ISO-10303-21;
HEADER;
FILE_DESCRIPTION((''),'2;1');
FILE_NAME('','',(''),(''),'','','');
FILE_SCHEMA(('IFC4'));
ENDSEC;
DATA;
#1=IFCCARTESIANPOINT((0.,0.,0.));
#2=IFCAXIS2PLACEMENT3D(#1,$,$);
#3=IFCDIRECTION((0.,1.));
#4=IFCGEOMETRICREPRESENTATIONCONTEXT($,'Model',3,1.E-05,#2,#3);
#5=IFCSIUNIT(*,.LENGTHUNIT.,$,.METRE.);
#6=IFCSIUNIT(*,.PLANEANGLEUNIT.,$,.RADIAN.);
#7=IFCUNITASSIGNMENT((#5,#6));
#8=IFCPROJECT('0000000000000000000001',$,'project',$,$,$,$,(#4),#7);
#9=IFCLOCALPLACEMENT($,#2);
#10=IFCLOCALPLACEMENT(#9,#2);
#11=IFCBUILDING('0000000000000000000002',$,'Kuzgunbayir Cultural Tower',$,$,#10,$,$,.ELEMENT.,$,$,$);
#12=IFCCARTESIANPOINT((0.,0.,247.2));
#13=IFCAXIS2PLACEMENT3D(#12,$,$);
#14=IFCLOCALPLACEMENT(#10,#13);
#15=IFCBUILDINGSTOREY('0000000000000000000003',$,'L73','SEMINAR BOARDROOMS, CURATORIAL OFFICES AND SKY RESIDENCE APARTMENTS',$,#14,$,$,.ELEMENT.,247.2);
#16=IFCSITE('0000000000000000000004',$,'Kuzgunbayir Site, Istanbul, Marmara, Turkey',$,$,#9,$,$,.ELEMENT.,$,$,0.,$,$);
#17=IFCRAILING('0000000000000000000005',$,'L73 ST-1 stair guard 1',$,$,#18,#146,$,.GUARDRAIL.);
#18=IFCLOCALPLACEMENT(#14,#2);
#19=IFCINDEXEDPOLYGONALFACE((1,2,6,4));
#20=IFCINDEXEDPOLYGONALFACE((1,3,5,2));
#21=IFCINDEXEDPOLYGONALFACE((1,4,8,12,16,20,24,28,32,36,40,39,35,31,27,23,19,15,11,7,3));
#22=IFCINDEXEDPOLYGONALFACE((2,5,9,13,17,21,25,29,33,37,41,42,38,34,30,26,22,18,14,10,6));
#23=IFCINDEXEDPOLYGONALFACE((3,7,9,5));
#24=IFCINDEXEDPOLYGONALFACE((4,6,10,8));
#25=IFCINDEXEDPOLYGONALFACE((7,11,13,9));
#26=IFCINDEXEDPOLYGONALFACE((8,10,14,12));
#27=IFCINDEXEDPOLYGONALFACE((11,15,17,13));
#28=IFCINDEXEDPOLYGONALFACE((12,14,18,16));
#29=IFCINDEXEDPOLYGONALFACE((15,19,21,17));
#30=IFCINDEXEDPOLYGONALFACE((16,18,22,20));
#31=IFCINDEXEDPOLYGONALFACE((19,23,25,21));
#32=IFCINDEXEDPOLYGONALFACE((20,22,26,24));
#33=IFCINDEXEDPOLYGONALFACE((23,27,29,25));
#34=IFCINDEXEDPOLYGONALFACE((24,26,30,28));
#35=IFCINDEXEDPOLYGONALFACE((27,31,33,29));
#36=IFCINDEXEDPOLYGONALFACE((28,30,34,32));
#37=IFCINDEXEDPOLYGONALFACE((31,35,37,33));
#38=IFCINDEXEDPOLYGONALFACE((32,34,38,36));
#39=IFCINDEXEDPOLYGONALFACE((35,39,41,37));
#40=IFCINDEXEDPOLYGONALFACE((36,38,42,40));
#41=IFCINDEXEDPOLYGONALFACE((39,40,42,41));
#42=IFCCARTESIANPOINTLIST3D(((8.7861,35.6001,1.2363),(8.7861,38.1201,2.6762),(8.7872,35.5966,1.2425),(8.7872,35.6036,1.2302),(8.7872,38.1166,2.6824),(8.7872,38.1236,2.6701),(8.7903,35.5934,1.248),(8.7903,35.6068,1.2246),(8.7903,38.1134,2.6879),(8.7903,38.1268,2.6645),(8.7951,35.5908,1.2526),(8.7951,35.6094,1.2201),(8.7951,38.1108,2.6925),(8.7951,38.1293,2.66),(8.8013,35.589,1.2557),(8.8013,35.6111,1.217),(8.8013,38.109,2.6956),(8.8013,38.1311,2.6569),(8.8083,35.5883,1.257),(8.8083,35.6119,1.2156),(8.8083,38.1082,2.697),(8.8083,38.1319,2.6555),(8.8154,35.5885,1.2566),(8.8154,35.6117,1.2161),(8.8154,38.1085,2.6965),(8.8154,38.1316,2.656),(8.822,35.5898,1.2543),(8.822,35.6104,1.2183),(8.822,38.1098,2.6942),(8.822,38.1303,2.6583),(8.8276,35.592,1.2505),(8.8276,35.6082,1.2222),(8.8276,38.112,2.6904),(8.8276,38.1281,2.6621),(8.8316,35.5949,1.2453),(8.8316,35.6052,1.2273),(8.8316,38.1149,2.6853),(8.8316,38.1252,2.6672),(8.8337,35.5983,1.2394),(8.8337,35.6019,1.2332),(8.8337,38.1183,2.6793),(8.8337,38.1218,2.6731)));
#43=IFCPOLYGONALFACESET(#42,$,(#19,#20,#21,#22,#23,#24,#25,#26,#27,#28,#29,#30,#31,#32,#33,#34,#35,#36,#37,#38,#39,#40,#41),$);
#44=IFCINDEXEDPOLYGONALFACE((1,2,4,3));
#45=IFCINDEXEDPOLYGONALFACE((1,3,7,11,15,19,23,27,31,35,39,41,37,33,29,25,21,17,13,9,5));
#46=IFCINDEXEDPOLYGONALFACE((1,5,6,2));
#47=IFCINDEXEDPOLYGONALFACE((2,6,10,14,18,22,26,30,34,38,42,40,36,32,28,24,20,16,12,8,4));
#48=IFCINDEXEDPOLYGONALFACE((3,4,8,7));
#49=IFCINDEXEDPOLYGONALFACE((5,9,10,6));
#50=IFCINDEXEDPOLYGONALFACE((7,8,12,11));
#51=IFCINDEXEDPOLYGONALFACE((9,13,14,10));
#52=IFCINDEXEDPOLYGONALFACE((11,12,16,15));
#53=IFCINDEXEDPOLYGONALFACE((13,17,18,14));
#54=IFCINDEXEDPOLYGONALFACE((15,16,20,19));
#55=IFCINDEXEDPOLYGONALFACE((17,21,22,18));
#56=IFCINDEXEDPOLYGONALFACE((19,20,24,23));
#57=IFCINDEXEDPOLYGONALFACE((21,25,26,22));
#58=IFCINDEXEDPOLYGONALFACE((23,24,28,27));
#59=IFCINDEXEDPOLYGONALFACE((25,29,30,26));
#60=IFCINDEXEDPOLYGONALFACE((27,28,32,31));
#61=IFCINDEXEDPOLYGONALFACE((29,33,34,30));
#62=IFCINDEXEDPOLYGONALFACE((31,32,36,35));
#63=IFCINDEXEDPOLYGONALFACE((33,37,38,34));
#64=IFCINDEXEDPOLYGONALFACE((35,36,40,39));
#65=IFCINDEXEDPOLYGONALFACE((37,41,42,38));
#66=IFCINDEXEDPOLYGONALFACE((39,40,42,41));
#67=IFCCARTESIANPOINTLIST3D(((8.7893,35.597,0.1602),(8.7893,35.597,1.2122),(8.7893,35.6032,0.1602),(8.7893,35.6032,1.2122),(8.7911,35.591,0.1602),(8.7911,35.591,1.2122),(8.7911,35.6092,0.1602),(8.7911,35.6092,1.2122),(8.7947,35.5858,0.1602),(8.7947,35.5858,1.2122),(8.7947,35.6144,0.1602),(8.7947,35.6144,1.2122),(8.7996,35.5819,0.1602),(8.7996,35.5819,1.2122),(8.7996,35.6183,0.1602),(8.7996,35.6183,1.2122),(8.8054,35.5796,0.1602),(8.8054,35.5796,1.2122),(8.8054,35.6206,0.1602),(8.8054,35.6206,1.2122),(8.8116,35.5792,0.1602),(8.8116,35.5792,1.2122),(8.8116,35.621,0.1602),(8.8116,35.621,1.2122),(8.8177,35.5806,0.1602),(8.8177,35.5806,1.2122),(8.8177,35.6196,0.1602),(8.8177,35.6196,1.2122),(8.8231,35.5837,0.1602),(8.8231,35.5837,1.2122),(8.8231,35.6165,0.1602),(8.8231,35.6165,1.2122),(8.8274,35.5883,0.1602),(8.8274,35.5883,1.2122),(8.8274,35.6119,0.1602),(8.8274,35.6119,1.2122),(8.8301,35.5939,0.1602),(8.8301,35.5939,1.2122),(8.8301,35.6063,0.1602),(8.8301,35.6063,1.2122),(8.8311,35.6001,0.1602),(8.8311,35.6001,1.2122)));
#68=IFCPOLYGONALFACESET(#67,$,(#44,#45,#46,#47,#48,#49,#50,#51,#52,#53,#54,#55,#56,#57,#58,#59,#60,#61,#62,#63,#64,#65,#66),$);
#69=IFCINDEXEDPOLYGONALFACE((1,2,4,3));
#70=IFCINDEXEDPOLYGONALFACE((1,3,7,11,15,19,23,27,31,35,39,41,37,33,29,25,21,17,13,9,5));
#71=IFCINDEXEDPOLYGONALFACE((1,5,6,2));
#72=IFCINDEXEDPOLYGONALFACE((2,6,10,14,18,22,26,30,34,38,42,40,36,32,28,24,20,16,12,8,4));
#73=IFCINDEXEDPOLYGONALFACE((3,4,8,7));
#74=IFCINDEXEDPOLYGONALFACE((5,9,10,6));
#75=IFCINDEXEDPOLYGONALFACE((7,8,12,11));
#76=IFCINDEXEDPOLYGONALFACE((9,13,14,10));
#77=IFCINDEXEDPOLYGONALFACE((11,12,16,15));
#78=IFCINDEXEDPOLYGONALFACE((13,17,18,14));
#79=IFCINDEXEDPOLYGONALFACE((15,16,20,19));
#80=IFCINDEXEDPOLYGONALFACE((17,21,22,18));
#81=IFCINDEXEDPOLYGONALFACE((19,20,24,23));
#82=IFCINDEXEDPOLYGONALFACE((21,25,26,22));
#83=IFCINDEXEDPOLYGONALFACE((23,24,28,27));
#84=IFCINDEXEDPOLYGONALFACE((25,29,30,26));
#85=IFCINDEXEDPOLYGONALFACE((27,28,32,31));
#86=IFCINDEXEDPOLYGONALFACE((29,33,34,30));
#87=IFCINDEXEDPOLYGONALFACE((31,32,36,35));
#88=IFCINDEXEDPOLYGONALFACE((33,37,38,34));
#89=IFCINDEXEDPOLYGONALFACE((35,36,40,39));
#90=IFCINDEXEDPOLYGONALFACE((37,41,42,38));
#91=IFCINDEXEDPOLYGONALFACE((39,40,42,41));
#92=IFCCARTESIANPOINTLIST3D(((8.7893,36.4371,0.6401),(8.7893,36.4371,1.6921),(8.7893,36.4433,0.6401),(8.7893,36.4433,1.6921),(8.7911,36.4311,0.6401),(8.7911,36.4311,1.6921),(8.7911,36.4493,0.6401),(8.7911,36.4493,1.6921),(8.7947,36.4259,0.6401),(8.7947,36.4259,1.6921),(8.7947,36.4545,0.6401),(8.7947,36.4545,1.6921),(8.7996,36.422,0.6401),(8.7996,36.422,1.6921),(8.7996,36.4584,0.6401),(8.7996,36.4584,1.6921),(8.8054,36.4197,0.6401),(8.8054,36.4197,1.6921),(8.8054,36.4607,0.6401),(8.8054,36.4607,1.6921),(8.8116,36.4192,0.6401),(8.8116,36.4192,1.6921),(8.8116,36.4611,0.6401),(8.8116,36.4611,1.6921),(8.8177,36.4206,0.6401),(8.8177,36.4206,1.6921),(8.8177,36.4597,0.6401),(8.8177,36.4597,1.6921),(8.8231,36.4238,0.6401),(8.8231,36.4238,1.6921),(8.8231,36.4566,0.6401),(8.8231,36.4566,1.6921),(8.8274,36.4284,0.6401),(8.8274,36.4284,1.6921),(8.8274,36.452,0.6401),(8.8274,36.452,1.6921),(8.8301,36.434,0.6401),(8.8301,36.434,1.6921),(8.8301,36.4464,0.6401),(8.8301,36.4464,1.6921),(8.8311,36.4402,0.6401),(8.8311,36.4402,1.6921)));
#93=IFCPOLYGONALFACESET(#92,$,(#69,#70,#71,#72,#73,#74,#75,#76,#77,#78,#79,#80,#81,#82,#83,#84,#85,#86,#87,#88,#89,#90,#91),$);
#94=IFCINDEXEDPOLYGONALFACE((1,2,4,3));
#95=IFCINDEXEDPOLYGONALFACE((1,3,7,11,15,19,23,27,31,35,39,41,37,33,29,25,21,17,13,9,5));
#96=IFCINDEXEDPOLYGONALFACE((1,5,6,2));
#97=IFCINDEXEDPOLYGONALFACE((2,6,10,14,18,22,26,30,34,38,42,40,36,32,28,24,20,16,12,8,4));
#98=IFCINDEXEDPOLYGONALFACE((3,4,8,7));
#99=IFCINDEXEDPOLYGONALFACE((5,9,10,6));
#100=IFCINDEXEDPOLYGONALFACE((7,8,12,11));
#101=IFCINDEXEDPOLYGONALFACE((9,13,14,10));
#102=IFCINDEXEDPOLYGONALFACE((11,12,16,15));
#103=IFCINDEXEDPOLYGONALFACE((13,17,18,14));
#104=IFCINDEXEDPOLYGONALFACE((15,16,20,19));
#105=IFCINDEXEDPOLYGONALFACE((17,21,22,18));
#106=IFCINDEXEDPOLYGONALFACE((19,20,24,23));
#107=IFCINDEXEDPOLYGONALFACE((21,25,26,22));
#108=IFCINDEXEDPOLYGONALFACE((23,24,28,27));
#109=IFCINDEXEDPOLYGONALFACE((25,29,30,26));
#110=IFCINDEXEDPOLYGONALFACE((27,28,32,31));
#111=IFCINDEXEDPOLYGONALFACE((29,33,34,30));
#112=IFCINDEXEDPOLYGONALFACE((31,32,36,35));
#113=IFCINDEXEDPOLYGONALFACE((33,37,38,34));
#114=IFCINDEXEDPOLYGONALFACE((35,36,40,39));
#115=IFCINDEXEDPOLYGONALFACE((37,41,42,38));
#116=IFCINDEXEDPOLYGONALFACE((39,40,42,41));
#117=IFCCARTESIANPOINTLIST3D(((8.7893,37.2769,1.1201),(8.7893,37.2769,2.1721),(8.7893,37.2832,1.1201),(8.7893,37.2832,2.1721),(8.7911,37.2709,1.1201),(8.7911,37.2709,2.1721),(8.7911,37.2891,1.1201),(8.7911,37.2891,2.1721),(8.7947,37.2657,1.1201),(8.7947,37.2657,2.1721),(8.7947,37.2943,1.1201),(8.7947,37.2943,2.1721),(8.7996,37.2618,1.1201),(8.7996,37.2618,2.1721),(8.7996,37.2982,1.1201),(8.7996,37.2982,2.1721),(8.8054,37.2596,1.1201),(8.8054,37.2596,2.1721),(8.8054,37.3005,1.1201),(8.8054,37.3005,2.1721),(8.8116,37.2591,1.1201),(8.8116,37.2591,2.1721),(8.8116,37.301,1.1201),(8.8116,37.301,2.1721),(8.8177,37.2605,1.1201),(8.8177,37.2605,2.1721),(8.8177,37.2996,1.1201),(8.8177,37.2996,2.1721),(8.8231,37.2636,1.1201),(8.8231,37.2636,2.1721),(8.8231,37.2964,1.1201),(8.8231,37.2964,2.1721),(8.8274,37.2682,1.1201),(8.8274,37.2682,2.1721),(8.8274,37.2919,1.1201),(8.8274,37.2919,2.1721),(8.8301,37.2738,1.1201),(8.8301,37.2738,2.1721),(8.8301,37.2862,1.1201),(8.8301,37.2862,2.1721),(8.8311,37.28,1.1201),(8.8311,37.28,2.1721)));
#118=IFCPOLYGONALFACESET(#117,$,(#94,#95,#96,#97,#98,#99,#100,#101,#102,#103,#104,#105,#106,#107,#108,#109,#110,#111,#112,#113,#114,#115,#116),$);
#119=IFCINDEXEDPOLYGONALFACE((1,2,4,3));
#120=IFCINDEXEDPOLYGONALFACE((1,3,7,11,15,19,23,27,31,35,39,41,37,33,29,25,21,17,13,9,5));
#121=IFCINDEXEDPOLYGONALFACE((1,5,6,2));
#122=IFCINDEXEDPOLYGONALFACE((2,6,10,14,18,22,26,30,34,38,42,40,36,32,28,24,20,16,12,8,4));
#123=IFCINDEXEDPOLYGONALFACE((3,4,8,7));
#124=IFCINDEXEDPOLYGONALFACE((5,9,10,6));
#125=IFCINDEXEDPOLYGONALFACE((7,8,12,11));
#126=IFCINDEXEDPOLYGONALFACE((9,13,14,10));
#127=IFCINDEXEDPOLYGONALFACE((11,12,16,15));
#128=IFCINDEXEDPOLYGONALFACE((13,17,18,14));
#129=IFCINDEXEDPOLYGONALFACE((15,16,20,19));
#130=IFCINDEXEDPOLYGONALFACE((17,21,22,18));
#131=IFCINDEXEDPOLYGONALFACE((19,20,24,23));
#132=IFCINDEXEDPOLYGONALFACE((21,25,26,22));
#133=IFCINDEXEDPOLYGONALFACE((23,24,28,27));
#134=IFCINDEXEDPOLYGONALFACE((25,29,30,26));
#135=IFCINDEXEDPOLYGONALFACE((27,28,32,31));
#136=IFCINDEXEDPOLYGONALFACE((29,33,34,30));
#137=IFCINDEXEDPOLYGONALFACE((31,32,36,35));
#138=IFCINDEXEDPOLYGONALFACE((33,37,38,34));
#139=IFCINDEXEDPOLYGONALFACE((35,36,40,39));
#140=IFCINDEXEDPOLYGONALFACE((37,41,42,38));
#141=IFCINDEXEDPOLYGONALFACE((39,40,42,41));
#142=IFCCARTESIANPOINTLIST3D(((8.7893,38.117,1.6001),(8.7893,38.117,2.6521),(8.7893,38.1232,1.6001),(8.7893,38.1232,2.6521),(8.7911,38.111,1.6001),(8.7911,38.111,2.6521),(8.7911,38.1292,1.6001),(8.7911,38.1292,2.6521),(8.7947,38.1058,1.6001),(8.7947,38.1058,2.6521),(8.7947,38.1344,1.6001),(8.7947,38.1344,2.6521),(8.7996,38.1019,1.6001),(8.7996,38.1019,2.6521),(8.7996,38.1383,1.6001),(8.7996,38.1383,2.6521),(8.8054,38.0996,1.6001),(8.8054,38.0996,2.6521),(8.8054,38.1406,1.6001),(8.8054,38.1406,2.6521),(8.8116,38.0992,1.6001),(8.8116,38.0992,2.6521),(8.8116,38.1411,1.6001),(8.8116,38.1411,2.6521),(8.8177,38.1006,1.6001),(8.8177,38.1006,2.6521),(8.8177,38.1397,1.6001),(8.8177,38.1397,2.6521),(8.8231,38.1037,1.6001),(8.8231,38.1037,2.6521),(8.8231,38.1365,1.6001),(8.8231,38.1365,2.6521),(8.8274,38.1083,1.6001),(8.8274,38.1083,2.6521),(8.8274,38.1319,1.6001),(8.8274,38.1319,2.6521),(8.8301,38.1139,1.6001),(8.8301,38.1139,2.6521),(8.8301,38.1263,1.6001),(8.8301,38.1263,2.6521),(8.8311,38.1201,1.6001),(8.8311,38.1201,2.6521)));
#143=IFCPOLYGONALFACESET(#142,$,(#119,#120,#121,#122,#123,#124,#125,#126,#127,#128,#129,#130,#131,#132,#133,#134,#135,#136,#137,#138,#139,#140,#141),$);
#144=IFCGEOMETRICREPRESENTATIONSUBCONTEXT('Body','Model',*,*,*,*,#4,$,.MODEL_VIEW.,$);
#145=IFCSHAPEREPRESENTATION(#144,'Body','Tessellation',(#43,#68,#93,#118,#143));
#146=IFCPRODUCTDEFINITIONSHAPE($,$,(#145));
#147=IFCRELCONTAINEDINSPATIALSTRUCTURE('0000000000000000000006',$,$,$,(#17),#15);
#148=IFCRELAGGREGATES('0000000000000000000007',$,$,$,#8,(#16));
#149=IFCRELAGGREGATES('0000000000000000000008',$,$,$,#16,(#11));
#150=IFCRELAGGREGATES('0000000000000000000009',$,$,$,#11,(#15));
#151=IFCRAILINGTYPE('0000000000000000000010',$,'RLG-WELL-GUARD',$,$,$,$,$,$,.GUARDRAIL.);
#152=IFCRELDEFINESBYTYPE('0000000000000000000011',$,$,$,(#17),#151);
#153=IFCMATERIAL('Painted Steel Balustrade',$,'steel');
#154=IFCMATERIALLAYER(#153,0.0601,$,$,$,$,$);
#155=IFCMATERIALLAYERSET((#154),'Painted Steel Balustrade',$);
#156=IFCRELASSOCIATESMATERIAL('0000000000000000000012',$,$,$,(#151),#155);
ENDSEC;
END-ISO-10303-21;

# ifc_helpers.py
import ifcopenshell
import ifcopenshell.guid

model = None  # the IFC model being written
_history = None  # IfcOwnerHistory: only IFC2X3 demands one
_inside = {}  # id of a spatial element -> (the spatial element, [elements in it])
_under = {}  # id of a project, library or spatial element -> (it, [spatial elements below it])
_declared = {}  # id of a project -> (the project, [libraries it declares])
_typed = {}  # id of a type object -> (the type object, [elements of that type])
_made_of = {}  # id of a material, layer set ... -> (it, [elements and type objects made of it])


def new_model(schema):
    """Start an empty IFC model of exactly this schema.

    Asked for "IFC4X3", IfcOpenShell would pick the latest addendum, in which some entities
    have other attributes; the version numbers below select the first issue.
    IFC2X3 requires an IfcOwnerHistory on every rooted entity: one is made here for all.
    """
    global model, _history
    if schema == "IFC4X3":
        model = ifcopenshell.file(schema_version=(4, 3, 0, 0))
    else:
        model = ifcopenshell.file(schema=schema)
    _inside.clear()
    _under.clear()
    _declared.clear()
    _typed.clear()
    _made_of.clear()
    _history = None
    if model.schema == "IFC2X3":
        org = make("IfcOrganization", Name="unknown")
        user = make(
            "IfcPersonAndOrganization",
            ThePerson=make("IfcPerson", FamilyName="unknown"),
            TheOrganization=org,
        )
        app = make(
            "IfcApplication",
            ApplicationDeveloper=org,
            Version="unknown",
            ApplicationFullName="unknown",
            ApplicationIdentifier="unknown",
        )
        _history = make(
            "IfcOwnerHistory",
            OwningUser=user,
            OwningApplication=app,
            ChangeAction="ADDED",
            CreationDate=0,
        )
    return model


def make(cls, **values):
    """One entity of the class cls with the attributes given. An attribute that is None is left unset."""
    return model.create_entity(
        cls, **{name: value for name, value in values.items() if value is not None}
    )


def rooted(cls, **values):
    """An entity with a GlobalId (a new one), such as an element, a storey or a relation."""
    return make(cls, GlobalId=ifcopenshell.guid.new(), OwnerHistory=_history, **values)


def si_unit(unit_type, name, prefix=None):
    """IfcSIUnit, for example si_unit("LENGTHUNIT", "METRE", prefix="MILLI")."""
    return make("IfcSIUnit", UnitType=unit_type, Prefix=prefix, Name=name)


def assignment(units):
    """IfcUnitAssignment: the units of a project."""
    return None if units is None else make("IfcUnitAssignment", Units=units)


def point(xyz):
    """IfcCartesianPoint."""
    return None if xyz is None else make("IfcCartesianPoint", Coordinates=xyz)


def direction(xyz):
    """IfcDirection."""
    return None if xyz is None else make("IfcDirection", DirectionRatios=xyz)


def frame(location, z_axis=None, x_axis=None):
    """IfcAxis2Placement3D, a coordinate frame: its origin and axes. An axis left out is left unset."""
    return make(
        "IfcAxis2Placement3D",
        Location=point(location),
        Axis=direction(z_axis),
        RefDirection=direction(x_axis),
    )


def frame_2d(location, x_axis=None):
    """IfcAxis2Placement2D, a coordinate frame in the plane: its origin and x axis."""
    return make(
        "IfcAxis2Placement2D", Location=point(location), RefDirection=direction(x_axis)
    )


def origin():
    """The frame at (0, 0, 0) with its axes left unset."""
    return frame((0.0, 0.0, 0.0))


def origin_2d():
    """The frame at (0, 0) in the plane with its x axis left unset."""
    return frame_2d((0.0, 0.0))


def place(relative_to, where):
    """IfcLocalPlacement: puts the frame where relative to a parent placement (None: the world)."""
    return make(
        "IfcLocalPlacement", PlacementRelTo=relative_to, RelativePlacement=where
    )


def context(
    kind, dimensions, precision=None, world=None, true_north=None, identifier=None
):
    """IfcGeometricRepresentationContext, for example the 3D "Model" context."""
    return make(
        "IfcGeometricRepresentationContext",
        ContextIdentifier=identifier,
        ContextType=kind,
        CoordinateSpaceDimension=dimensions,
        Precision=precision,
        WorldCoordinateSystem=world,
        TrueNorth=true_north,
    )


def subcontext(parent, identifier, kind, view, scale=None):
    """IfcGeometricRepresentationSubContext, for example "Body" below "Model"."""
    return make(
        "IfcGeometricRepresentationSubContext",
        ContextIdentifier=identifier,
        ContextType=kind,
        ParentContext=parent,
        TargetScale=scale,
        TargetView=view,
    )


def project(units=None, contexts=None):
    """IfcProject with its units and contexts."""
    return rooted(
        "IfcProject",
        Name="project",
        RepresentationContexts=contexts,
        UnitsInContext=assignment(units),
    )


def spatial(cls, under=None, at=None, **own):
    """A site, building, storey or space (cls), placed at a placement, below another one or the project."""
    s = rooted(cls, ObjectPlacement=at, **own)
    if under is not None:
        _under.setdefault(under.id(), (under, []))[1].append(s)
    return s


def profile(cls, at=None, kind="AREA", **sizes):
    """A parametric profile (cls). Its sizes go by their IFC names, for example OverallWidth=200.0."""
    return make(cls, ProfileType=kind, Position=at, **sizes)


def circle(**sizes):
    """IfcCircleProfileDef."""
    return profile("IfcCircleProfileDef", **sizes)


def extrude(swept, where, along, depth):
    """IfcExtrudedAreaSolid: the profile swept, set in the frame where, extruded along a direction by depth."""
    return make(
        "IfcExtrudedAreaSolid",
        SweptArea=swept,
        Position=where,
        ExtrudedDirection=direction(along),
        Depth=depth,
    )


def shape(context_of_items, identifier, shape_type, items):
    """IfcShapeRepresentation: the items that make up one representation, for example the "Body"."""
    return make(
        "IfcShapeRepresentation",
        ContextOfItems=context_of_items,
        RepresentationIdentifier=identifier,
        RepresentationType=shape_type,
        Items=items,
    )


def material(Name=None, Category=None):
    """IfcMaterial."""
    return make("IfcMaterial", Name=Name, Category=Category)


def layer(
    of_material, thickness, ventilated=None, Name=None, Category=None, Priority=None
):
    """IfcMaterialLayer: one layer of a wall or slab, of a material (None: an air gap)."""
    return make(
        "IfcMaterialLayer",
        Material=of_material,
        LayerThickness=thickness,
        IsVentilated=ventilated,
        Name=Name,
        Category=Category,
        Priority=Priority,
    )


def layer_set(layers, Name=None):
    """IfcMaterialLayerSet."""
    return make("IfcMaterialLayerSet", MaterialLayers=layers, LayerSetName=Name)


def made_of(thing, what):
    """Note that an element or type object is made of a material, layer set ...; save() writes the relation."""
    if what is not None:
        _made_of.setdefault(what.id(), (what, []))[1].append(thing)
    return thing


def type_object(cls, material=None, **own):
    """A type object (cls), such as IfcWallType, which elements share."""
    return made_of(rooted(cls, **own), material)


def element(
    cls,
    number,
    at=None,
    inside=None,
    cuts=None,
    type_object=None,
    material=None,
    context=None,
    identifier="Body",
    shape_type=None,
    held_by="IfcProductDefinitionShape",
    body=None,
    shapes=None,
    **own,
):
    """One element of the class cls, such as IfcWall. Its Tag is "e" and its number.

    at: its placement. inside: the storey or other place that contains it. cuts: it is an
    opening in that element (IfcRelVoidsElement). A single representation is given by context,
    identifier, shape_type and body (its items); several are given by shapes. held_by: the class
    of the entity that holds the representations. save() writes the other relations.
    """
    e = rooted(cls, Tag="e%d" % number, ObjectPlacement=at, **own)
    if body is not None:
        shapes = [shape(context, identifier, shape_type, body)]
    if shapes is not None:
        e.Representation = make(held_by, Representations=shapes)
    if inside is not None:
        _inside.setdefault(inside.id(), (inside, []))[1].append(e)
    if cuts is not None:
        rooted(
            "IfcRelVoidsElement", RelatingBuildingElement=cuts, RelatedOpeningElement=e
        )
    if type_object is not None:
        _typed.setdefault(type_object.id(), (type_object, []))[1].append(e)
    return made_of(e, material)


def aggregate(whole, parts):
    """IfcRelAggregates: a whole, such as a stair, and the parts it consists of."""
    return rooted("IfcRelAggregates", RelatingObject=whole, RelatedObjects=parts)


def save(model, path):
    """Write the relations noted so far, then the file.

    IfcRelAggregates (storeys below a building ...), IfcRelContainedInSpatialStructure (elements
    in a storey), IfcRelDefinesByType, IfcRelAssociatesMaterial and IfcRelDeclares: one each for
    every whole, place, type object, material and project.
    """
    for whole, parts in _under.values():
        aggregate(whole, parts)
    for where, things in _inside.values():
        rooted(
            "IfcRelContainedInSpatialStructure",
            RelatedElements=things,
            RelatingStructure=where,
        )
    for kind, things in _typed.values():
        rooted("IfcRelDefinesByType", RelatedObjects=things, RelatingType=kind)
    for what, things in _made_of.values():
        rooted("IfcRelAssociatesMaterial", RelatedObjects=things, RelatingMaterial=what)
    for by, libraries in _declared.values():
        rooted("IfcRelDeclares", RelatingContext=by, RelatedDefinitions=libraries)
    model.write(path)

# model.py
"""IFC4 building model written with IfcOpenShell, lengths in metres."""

from ifc_helpers import new_model, si_unit, direction, frame, origin, origin_2d, place, context, subcontext, project, spatial, circle, extrude, material, layer, layer_set, type_object, element, save


model = new_model("IFC4")

# Units and contexts
model_context = context("Model", 3, precision=1e-05, world=origin(), true_north=direction((0.0, 1.0)))
body_context = subcontext(model_context, "Body", "Model", "MODEL_VIEW")
ifc_project = project(units=[si_unit("LENGTHUNIT", "METRE"), si_unit("PLANEANGLEUNIT", "RADIAN")], contexts=[model_context])

# Site, building, storey
site_placement = place(None, origin())
site = spatial("IfcSite", under=ifc_project, at=site_placement, Name="Kuzgunbayir Site, Istanbul, Marmara, Turkey", CompositionType="ELEMENT", RefElevation=0.0)
building_placement = place(site_placement, origin())
building = spatial("IfcBuilding", under=site, at=building_placement, Name="Kuzgunbayir Cultural Tower", CompositionType="ELEMENT")
storey_placement = place(building_placement, frame((0.0, 0.0, 247.2)))
storey = spatial("IfcBuildingStorey", under=building, at=storey_placement, Name="L73", Description="SEMINAR BOARDROOMS, CURATORIAL OFFICES AND SKY RESIDENCE APARTMENTS", CompositionType="ELEMENT", Elevation=247.2)

# Railing
ifc_material_1 = material(Name="Painted Steel Balustrade", Category="steel")
ifc_layer_1 = layer(ifc_material_1, 0.0601)
ifc_layer_set_1 = layer_set([ifc_layer_1], Name="Painted Steel Balustrade")
railing_type_1 = type_object("IfcRailingType", Name="RLG-WELL-GUARD", PredefinedType="GUARDRAIL", material=ifc_layer_set_1)
railing_1_placement = place(storey_placement, frame((8.8101, 35.6001, 0.1602)))
element("IfcRailing", 1, at=railing_1_placement, inside=storey, type_object=railing_type_1, Name="L73 ST-1 stair guard 1", PredefinedType="GUARDRAIL", context=body_context, shape_type="SweptSolid", body=[
    extrude(circle(Radius=0.0239, at=origin_2d()), frame((0.0, 0.0, 1.0762), z_axis=(0.0, 0.868253, 0.496121), x_axis=(-1.0, 0.0, 0.0)), (0.0, 0.0, 1.0), 2.9023),
    extrude(circle(Radius=0.021, at=origin_2d()), origin(), (0.0, 0.0, 1.0), 1.052),
    extrude(circle(Radius=0.021, at=origin_2d()), frame((0.0, 0.8401, 0.48)), (0.0, 0.0, 1.0), 1.052),
    extrude(circle(Radius=0.021, at=origin_2d()), frame((0.0, 1.6799, 0.96)), (0.0, 0.0, 1.0), 1.052),
    extrude(circle(Radius=0.021, at=origin_2d()), frame((0.0, 2.52, 1.4399)), (0.0, 0.0, 1.0), 1.052),
])

save(model, "model.ifc")
